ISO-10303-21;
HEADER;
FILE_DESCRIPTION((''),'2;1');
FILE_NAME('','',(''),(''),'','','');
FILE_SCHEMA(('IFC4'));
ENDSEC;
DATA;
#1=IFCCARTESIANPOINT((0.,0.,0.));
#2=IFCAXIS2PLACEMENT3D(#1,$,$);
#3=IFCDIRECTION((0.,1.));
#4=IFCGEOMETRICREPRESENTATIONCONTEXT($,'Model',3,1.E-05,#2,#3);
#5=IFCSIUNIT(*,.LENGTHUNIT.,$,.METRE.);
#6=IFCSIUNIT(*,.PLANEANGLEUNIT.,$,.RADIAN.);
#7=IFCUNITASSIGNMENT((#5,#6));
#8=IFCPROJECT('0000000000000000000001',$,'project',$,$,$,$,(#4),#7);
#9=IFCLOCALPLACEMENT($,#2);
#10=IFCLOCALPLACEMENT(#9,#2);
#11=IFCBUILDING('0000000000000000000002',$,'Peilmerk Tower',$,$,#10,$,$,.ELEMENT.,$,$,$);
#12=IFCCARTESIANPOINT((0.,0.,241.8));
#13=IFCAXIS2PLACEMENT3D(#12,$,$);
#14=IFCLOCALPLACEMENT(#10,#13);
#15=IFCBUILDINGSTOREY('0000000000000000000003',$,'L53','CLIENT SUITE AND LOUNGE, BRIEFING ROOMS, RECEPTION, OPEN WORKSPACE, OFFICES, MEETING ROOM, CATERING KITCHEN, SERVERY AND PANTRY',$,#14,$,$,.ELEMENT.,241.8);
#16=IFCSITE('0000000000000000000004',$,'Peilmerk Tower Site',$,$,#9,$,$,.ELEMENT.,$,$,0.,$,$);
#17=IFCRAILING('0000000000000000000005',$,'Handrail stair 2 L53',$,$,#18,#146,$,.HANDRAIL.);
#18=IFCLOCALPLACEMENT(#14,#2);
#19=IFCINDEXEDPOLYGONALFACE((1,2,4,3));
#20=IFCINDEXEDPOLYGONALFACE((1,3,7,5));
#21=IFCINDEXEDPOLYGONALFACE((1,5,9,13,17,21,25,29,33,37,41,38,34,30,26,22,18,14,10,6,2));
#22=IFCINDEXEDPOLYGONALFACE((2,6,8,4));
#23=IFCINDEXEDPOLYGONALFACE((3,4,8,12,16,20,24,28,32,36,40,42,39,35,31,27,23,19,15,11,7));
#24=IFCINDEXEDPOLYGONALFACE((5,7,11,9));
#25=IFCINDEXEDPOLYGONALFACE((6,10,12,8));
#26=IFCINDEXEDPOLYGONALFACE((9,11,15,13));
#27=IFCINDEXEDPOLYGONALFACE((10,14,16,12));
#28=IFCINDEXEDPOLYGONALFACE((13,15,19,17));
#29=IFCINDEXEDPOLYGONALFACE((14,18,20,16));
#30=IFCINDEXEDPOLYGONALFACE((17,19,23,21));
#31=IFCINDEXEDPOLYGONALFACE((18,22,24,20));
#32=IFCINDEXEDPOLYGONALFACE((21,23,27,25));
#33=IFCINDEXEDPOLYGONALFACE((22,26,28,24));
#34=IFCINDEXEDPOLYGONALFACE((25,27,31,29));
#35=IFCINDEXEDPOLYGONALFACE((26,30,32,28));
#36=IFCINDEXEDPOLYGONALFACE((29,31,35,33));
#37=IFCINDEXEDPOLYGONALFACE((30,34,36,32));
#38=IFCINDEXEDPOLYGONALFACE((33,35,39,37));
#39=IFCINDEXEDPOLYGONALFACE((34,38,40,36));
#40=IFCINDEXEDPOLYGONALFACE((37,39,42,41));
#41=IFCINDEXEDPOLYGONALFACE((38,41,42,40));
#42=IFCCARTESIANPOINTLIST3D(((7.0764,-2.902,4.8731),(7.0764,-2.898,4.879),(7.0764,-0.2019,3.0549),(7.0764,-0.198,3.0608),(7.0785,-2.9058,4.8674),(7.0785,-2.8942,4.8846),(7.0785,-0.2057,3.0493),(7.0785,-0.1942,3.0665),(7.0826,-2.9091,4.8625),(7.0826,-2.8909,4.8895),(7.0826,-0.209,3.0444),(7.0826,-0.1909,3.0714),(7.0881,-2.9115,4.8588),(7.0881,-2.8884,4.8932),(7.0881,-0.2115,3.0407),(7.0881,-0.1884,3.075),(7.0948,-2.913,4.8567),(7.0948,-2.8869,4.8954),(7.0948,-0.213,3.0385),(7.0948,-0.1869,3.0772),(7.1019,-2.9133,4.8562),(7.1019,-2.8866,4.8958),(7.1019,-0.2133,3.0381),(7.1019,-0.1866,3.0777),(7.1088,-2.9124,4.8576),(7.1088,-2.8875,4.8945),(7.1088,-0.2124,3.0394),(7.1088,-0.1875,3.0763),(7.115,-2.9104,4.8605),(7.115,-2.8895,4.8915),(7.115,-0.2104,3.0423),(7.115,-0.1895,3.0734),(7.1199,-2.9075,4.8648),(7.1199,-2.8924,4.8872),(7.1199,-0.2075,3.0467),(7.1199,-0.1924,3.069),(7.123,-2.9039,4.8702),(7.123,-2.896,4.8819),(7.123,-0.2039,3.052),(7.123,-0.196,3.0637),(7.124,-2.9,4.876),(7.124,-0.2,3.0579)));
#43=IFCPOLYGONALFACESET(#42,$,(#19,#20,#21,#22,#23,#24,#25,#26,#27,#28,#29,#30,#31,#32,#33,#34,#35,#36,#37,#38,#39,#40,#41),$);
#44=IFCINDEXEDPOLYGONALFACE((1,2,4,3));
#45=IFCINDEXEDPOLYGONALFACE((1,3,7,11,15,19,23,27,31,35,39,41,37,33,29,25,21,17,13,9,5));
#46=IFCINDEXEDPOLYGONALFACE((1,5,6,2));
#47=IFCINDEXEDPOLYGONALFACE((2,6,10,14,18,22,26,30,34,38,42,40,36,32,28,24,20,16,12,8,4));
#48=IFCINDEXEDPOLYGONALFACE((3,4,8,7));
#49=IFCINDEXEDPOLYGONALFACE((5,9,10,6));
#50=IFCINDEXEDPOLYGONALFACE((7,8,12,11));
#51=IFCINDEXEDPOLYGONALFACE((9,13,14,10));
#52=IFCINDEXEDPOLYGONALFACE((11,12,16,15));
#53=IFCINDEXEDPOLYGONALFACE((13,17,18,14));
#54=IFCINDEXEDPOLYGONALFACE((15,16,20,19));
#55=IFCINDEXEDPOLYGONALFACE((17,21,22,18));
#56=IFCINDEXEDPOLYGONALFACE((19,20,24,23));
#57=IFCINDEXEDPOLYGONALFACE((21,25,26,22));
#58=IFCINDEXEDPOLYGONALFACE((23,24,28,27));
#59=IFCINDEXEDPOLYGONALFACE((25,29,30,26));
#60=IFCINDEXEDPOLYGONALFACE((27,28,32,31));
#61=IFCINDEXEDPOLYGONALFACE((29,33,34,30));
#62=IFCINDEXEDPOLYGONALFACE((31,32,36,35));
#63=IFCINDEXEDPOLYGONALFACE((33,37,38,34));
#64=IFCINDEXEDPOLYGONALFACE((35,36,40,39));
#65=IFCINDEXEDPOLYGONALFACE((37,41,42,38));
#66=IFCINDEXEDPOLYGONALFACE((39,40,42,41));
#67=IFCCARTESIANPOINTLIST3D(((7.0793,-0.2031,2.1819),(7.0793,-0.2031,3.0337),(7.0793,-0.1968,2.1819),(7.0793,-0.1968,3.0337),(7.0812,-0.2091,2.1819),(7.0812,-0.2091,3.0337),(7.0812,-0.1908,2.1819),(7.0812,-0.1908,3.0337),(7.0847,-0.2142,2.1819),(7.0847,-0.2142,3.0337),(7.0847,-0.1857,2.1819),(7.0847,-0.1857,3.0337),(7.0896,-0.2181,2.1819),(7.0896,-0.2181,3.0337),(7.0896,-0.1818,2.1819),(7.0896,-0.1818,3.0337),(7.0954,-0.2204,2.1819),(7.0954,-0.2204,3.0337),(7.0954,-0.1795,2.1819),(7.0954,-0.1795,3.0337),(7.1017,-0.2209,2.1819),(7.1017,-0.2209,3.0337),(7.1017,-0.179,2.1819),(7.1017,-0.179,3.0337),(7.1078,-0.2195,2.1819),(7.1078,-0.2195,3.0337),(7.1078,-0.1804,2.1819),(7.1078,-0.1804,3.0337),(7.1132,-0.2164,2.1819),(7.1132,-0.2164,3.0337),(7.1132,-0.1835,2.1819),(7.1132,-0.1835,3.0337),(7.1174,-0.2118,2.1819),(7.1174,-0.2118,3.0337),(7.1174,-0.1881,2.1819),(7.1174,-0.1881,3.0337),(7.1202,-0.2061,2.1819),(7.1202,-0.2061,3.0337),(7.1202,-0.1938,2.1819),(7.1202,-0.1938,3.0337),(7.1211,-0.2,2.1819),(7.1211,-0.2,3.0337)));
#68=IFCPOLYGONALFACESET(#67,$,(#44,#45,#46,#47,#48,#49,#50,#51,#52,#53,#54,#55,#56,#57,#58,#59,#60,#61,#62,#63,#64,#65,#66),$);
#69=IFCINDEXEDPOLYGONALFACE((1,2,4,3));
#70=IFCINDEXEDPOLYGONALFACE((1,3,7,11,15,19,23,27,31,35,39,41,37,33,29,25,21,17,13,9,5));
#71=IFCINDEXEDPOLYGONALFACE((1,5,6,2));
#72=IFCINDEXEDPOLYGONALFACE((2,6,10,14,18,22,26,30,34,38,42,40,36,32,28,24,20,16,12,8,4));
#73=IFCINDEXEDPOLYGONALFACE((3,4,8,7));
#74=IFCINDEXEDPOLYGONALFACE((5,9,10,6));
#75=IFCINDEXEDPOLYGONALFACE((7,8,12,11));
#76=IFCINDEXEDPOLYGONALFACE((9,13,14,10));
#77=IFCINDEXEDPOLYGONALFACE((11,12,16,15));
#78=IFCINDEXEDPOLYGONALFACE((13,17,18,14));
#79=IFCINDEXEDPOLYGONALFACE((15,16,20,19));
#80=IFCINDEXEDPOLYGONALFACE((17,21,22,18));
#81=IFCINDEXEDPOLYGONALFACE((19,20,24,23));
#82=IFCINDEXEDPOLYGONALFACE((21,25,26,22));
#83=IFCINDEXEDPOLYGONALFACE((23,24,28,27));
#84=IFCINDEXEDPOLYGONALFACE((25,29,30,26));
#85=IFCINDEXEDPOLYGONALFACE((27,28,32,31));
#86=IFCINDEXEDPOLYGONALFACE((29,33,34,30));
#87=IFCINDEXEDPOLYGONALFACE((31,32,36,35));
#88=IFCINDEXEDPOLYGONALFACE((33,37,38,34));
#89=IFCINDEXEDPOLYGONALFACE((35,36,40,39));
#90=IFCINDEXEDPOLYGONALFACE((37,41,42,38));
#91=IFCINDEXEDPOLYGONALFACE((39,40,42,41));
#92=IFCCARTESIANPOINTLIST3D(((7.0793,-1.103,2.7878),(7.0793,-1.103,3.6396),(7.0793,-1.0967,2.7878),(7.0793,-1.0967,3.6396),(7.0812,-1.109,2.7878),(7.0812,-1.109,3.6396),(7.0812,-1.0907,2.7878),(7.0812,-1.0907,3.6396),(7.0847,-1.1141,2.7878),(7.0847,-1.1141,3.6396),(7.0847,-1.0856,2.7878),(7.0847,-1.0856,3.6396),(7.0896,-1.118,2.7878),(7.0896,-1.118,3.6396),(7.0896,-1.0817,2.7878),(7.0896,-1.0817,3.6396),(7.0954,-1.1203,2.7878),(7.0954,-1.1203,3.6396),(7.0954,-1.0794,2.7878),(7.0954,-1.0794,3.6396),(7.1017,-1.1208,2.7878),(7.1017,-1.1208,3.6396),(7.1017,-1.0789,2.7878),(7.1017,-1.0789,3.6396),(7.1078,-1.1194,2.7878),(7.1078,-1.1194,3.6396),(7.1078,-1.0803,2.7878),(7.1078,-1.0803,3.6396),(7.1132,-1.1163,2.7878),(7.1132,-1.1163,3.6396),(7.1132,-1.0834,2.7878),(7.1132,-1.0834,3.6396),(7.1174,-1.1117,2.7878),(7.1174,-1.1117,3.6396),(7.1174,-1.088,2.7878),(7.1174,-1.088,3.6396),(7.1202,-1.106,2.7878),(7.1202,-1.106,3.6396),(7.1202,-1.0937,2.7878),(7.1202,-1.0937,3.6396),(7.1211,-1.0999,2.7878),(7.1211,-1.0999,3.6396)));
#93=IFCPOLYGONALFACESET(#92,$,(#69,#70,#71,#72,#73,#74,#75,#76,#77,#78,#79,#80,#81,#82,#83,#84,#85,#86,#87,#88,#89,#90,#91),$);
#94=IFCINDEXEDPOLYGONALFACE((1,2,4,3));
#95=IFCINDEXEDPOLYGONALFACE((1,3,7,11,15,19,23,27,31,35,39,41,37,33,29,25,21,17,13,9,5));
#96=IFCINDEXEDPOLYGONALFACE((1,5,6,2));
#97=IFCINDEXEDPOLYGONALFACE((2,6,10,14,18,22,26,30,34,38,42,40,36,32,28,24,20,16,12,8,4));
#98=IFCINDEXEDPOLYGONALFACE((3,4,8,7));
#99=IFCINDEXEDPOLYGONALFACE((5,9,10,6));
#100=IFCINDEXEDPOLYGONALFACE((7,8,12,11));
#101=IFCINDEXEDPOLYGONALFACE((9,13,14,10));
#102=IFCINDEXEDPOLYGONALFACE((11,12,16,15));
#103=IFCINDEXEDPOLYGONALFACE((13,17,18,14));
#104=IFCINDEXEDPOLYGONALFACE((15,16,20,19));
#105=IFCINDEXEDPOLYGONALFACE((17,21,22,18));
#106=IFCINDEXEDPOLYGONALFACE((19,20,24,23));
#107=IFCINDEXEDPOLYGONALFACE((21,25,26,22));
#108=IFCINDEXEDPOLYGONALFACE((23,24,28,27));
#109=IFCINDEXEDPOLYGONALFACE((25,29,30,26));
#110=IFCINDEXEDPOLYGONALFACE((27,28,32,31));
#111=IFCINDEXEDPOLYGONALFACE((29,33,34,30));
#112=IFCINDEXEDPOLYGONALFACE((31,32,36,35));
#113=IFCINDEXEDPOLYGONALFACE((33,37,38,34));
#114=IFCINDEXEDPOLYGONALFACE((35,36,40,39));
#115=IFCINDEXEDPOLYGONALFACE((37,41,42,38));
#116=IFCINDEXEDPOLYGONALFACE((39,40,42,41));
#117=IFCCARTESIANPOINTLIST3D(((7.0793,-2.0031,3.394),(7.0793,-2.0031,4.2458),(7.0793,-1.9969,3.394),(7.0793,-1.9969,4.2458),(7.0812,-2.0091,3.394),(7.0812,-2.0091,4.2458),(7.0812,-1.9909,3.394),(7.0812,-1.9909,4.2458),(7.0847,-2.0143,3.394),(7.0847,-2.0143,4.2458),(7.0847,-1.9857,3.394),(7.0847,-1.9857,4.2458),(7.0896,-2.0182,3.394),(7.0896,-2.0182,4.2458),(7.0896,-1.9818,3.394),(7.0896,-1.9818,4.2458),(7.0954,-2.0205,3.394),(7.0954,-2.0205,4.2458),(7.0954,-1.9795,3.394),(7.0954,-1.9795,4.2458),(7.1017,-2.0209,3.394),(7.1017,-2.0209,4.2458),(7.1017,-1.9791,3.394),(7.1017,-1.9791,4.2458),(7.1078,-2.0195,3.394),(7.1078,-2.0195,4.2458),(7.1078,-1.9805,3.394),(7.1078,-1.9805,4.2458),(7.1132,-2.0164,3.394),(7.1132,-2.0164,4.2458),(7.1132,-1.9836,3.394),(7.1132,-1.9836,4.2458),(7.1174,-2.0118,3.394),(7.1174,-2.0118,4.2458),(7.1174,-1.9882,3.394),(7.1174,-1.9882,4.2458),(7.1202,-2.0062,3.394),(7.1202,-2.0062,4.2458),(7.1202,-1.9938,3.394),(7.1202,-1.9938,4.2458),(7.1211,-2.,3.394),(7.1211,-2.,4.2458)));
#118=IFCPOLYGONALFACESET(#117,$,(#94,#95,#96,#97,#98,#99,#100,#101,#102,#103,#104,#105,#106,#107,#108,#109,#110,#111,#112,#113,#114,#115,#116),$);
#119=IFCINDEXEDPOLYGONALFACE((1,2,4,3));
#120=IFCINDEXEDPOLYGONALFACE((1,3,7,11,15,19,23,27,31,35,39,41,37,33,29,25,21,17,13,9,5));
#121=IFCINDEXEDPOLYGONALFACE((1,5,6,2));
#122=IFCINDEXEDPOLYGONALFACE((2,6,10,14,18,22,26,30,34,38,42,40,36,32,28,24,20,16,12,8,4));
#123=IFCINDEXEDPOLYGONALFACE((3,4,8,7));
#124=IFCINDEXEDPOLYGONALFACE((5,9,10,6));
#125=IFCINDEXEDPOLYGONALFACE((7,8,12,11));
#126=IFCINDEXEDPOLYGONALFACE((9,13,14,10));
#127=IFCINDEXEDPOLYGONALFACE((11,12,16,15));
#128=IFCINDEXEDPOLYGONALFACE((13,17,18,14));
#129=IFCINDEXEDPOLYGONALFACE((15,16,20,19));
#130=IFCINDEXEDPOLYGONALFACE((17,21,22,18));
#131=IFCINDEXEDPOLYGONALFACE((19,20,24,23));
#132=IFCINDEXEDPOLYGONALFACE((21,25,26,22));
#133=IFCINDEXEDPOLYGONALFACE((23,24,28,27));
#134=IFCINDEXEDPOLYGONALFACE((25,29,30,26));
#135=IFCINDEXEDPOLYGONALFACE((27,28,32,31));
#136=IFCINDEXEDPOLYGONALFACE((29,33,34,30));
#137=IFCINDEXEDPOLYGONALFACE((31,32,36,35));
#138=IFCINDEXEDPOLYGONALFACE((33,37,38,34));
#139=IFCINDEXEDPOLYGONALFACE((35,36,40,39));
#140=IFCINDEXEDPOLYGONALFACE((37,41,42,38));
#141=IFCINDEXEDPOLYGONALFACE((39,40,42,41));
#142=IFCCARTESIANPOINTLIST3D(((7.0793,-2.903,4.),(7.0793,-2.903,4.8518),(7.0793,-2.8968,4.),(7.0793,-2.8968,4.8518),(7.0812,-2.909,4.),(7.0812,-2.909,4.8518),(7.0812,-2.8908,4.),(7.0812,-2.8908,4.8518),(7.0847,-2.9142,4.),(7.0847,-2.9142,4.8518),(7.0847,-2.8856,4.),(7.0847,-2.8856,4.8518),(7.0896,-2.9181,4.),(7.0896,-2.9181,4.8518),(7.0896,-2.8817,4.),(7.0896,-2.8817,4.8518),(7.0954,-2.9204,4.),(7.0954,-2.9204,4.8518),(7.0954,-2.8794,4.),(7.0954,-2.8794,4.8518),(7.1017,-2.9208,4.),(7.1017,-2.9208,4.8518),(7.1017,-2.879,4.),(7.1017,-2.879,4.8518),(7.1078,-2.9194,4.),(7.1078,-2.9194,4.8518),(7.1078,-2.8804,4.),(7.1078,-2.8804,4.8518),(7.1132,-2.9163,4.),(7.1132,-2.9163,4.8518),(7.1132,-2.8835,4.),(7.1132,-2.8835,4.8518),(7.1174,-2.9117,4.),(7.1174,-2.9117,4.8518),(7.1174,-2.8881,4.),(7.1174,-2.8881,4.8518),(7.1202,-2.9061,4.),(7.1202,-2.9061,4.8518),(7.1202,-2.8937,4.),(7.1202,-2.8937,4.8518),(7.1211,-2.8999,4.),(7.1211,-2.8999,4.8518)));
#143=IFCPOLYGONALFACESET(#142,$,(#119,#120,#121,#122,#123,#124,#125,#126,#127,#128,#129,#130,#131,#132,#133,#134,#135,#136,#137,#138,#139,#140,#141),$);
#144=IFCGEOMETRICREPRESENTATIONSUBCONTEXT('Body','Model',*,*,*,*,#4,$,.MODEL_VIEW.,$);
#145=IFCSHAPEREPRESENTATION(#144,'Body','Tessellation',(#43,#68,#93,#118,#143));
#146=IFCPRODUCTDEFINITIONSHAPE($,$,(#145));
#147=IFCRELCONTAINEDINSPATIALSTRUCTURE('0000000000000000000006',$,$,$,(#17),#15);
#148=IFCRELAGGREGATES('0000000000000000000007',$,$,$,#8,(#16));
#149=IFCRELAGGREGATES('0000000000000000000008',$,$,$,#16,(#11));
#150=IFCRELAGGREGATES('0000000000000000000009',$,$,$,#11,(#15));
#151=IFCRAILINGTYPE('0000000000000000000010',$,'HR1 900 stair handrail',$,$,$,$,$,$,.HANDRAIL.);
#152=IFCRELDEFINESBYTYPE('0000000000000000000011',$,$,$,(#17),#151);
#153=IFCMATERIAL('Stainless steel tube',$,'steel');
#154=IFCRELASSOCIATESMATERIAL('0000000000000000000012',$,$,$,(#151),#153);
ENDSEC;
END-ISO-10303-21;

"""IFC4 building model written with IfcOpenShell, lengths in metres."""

from ifc_helpers import new_model, si_unit, direction, frame, origin, origin_2d, place, context, subcontext, project, spatial, circle, extrude, material, type_object, element, save


model = new_model("IFC4")

# Units and contexts
model_context = context("Model", 3, precision=1e-05, world=origin(), true_north=direction((0.0, 1.0)))
body_context = subcontext(model_context, "Body", "Model", "MODEL_VIEW")
ifc_project = project(units=[si_unit("LENGTHUNIT", "METRE"), si_unit("PLANEANGLEUNIT", "RADIAN")], contexts=[model_context])

# Site, building, storey
site_placement = place(None, origin())
site = spatial("IfcSite", under=ifc_project, at=site_placement, Name="Peilmerk Tower Site", CompositionType="ELEMENT", RefElevation=0.0)
building_placement = place(site_placement, origin())
building = spatial("IfcBuilding", under=site, at=building_placement, Name="Peilmerk Tower", CompositionType="ELEMENT")
storey_placement = place(building_placement, frame((0.0, 0.0, 241.8)))
storey = spatial("IfcBuildingStorey", under=building, at=storey_placement, Name="L53", Description="CLIENT SUITE AND LOUNGE, BRIEFING ROOMS, RECEPTION, OPEN WORKSPACE, OFFICES, MEETING ROOM, CATERING KITCHEN, SERVERY AND PANTRY", CompositionType="ELEMENT", Elevation=241.8)

# Railing
ifc_material_1 = material(Name="Stainless steel tube", Category="steel")
railing_type_1 = type_object("IfcRailingType", Name="HR1 900 stair handrail", PredefinedType="HANDRAIL", material=ifc_material_1)
railing_1_placement = place(storey_placement, frame((7.1001, -0.2, 2.1819)))
element("IfcRailing", 1, at=railing_1_placement, inside=storey, type_object=railing_type_1, Name="Handrail stair 2 L53", PredefinedType="HANDRAIL", context=body_context, shape_type="SweptSolid", body=[
    extrude(circle(Radius=0.0239, at=origin_2d()), frame((0.0, 0.0, 0.876), z_axis=(0.0, -0.829468, 0.558554), x_axis=(1.0, 0.0, 0.0)), (0.0, 0.0, 1.0), 3.2551),
    extrude(circle(Radius=0.021, at=origin_2d()), origin(), (0.0, 0.0, 1.0), 0.8518),
    extrude(circle(Radius=0.021, at=origin_2d()), frame((0.0, -0.8999, 0.606)), (0.0, 0.0, 1.0), 0.8518),
    extrude(circle(Radius=0.021, at=origin_2d()), frame((0.0, -1.8, 1.2122)), (0.0, 0.0, 1.0), 0.8518),
    extrude(circle(Radius=0.021, at=origin_2d()), frame((0.0, -2.7, 1.8181)), (0.0, 0.0, 1.0), 0.8518),
])

save(model, "model.ifc")
